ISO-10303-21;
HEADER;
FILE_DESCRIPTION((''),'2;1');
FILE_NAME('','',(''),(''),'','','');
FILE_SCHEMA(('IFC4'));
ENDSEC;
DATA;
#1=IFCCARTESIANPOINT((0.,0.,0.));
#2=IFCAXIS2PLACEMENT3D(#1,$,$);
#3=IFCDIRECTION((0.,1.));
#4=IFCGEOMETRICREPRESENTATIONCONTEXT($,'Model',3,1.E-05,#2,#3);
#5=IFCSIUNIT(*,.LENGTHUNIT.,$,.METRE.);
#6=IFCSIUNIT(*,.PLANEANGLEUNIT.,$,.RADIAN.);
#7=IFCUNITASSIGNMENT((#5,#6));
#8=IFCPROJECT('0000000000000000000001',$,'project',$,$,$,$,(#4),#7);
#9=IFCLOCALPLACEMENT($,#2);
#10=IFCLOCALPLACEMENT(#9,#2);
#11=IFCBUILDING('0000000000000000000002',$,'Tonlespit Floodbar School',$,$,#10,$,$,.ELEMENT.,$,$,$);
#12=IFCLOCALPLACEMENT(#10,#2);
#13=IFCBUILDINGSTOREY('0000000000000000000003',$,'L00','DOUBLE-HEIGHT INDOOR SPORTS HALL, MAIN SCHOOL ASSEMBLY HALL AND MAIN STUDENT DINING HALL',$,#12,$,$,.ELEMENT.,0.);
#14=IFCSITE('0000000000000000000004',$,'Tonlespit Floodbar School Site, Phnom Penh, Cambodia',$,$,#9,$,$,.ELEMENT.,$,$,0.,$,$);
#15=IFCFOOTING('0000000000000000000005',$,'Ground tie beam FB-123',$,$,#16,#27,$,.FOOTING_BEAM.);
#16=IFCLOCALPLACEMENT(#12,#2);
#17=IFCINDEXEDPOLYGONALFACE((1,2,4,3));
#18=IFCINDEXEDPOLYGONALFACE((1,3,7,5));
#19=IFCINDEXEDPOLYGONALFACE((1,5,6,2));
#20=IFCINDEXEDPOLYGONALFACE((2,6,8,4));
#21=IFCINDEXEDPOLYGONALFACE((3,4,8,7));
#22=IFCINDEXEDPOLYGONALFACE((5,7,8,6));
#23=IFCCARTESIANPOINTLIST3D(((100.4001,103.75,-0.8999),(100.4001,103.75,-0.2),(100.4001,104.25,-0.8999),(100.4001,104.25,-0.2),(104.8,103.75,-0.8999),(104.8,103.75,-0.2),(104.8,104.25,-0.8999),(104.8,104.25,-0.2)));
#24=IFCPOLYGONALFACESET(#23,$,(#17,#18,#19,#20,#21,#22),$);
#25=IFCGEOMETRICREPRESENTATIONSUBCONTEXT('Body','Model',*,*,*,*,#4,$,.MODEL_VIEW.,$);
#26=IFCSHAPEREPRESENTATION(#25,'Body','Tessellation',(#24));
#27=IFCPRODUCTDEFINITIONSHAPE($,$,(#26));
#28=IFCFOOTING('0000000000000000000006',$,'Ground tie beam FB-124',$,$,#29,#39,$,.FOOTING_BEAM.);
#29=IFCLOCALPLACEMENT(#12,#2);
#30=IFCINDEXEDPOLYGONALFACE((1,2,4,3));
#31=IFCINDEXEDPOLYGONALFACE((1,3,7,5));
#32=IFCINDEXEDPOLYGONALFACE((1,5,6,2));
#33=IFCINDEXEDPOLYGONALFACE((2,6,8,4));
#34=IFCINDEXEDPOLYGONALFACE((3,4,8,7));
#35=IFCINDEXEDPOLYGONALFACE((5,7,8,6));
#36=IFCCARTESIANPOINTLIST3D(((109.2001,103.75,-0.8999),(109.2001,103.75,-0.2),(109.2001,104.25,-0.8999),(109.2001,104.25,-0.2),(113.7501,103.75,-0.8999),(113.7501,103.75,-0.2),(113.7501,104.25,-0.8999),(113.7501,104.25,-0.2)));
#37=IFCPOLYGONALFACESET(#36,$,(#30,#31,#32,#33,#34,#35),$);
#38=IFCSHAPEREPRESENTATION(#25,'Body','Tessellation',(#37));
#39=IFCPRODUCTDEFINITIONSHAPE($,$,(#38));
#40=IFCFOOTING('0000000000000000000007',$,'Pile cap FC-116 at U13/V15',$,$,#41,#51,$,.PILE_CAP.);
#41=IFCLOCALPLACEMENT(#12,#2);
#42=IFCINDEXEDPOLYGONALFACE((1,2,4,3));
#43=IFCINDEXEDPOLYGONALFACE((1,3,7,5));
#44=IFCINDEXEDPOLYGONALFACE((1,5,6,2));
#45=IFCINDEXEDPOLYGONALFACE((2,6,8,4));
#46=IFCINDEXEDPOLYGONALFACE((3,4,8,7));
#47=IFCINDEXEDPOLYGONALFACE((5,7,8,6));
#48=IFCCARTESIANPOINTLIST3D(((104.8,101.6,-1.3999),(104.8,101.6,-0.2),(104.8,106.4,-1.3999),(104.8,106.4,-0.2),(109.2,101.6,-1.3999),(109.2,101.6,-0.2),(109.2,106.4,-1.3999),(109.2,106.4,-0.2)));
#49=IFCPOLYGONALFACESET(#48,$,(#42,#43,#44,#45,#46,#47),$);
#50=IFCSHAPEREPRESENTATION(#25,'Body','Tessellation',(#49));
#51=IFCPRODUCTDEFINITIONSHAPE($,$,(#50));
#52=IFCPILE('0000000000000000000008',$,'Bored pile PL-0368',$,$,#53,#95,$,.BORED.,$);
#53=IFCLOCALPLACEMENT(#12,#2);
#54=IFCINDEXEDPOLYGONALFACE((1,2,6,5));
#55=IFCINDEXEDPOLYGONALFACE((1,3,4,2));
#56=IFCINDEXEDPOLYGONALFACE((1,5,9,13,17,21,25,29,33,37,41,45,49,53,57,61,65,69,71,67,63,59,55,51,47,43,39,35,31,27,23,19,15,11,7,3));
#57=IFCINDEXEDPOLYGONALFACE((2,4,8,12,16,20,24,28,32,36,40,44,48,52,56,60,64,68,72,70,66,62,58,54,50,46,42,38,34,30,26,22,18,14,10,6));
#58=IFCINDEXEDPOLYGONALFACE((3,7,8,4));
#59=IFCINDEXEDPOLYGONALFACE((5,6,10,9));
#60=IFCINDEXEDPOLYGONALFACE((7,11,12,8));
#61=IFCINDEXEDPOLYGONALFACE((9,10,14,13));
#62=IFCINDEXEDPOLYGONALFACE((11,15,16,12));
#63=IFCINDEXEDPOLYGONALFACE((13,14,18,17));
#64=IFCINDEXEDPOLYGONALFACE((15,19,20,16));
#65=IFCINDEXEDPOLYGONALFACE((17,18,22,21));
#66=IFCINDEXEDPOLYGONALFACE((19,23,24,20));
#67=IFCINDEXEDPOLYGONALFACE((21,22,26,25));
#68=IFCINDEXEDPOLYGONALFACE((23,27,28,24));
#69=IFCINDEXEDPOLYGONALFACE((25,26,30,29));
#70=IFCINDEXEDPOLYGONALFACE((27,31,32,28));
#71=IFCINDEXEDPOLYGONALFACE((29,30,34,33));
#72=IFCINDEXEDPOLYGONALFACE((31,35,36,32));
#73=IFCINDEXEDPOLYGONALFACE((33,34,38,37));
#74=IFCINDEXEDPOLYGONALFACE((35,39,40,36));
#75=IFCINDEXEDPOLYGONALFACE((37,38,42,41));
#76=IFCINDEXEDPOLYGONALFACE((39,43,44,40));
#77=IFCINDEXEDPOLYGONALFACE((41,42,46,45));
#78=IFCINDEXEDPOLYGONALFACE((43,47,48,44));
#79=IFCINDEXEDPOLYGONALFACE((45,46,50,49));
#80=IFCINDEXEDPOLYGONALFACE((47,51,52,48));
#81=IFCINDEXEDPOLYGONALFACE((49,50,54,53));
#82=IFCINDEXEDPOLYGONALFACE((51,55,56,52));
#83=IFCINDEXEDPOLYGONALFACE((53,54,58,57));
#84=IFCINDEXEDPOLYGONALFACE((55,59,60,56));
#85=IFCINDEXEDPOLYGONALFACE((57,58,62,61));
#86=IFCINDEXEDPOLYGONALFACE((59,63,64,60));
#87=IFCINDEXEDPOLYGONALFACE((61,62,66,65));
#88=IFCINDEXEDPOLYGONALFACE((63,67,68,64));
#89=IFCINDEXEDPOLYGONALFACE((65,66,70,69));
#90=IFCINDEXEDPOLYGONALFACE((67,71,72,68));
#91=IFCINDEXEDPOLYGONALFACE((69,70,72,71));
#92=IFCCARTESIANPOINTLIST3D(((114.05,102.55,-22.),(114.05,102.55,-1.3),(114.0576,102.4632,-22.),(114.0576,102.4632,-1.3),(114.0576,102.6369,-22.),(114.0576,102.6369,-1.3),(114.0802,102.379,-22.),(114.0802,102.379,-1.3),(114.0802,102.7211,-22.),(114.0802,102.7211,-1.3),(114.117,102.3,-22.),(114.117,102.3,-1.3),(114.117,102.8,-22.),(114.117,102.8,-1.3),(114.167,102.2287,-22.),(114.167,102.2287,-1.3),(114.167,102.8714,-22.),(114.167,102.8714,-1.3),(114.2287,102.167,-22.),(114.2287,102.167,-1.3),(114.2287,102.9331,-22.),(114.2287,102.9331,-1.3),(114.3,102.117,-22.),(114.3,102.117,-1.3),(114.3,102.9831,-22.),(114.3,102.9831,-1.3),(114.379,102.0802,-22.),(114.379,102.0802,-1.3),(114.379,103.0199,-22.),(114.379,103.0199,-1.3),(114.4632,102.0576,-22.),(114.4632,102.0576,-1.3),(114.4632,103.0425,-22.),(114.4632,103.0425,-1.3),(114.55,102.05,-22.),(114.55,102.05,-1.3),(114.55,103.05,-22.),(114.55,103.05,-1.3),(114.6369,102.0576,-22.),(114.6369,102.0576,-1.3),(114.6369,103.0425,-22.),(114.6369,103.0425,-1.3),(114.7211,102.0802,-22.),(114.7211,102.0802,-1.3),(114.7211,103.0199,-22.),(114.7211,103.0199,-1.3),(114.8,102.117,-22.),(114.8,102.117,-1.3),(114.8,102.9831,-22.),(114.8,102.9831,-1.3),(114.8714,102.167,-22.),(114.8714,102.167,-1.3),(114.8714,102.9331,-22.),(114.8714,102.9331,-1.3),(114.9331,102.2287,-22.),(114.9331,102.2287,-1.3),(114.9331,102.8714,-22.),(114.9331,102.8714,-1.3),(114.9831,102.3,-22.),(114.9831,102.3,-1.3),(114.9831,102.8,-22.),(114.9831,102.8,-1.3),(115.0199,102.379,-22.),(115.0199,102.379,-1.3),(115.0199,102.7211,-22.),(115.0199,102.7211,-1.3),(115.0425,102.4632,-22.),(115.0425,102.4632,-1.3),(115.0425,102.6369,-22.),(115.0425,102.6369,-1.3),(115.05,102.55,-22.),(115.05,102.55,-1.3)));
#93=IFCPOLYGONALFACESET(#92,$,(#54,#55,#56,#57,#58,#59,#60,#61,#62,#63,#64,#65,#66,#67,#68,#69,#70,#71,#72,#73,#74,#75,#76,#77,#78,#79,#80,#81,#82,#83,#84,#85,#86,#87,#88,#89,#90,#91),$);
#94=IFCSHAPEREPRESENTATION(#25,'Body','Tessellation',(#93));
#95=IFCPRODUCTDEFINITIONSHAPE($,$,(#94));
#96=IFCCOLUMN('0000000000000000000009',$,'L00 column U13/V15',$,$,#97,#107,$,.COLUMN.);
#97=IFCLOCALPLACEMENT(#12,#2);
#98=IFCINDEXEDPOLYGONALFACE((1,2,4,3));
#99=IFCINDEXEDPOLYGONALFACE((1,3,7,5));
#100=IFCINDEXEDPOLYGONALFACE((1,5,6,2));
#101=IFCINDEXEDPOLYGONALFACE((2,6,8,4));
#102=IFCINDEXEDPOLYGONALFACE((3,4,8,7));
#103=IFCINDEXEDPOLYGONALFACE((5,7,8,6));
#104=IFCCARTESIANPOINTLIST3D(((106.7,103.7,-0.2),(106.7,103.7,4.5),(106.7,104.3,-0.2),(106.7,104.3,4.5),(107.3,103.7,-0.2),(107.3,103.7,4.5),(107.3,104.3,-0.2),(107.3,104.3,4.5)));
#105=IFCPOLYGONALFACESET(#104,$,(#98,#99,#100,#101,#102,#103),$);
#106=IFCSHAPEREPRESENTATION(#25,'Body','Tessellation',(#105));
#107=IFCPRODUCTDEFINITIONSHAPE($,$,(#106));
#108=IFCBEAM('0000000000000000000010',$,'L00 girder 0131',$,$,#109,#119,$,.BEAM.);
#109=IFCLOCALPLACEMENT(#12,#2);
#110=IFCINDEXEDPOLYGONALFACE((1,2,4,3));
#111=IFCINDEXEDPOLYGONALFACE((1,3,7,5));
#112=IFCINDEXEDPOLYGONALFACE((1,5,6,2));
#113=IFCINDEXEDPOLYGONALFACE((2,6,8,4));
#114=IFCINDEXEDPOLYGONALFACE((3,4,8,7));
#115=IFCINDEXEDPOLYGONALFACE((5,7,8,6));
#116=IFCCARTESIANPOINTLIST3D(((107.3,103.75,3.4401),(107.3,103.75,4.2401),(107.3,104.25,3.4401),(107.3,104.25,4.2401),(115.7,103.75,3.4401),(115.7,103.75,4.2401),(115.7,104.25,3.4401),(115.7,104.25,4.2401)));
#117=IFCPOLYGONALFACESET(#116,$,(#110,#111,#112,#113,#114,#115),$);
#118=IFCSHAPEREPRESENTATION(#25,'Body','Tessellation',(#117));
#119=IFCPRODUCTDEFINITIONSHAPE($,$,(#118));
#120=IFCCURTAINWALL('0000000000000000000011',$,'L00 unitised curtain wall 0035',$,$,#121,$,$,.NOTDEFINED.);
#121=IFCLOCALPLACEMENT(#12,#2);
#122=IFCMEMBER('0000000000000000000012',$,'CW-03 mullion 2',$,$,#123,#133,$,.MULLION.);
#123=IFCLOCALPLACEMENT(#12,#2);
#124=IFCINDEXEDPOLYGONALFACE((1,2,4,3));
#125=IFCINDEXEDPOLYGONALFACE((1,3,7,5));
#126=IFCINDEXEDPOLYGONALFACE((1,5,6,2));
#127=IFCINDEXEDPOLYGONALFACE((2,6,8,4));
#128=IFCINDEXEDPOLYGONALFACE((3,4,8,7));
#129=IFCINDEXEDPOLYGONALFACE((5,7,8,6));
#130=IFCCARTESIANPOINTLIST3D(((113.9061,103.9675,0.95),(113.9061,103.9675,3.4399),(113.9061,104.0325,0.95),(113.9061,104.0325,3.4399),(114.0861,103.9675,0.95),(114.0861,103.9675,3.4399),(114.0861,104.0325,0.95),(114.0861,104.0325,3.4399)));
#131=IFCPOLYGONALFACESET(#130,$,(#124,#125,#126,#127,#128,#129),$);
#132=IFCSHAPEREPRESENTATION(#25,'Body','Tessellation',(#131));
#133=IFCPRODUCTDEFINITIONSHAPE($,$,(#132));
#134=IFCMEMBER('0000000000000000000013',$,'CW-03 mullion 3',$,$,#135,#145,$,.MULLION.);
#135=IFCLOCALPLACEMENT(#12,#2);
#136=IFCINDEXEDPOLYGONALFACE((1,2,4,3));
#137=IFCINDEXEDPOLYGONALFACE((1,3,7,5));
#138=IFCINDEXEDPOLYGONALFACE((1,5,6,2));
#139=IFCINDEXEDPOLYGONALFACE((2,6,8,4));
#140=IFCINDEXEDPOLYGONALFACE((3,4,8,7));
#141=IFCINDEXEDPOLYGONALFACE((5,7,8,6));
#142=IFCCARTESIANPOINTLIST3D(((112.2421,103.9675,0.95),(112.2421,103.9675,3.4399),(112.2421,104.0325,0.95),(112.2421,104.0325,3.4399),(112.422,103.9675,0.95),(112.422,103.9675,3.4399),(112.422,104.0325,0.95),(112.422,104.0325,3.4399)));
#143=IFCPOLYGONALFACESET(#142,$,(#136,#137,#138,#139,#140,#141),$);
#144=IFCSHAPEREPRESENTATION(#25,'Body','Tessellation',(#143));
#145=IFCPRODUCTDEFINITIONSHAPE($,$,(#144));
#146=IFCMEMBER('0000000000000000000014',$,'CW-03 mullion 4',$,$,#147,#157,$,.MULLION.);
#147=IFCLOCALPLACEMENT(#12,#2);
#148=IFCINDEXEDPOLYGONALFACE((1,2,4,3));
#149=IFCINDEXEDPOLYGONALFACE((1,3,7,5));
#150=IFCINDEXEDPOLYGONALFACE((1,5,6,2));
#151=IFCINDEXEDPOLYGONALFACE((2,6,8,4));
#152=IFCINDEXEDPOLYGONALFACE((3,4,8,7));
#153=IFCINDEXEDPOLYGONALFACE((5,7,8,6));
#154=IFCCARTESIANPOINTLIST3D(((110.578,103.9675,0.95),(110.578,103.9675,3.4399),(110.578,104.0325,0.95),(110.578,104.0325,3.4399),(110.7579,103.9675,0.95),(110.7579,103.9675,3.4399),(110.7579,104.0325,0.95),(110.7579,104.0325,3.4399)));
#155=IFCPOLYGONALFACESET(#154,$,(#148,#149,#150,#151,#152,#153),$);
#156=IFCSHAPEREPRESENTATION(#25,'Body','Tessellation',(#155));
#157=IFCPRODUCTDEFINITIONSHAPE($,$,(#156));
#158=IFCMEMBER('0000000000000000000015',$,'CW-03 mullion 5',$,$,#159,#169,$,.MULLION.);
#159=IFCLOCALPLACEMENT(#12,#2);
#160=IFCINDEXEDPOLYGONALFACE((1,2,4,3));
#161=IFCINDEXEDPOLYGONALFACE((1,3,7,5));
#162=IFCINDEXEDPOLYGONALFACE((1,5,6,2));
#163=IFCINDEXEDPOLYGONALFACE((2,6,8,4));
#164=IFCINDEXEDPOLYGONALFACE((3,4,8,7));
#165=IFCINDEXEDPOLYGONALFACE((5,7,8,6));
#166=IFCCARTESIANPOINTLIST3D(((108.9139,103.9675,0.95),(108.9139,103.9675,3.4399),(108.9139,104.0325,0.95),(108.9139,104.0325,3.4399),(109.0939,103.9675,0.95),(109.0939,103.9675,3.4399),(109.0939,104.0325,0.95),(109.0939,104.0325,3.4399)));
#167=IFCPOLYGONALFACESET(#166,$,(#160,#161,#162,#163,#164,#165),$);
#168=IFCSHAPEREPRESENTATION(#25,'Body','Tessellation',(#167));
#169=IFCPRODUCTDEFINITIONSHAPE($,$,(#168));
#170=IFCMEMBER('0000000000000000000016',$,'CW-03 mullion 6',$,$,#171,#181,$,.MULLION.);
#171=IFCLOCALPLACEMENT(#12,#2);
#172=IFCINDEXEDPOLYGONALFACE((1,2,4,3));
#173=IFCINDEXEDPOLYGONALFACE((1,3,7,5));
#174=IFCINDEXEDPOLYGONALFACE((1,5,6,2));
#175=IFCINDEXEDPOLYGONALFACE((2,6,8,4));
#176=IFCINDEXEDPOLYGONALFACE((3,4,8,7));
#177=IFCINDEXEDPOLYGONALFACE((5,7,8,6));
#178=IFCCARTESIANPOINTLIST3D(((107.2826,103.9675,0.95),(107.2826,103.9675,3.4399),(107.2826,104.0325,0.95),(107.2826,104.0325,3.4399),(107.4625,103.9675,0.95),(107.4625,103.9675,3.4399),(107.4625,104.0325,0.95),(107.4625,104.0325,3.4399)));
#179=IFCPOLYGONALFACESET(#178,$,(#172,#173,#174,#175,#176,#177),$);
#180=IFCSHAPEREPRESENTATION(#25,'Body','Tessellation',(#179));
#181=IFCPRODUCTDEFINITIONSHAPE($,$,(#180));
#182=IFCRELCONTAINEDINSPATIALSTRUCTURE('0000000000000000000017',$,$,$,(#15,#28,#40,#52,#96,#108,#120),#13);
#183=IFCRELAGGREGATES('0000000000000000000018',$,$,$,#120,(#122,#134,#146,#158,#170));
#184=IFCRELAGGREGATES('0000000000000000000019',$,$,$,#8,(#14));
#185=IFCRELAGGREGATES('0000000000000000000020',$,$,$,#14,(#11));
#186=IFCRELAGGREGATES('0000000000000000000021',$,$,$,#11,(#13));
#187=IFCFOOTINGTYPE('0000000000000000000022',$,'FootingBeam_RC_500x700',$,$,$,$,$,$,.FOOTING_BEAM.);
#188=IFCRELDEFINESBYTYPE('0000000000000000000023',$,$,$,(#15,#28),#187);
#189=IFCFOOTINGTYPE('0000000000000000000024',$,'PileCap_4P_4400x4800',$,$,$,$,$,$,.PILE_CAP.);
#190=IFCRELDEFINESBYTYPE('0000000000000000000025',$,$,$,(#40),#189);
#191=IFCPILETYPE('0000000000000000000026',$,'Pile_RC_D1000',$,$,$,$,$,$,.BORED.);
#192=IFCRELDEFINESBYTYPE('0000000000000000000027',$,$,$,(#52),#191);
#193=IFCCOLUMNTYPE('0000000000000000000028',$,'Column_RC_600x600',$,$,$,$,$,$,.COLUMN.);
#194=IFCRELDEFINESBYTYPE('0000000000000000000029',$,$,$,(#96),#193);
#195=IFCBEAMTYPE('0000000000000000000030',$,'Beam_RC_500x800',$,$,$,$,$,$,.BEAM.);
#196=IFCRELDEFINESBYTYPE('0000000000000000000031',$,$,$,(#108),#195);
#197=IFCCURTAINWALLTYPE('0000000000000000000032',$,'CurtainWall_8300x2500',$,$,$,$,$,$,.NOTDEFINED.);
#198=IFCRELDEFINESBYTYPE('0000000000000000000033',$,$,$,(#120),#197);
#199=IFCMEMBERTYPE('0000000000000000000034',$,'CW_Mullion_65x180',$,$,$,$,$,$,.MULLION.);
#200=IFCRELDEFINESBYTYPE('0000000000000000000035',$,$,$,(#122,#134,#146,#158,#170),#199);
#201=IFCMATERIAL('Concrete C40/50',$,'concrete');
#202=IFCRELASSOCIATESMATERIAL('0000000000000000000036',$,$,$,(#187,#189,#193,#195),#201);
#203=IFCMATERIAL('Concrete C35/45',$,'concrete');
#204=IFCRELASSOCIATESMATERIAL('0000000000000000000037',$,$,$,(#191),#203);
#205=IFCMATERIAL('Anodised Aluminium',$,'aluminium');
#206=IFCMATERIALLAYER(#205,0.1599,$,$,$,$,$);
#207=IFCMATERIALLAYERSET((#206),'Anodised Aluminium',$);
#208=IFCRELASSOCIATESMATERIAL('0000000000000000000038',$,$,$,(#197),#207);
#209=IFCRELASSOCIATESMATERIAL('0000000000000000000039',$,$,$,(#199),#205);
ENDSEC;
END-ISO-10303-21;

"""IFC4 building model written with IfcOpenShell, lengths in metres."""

from ifc_helpers import new_model, si_unit, direction, frame, origin, origin_2d, place, context, subcontext, project, spatial, rectangle, circle, extrude, material, layer, layer_set, material_profile, profile_set, type_object, element, aggregate, save


model = new_model("IFC4")

# Units and contexts
model_context = context("Model", 3, precision=1e-05, world=origin(), true_north=direction((0.0, 1.0)))
body_context = subcontext(model_context, "Body", "Model", "MODEL_VIEW")
ifc_project = project(units=[si_unit("LENGTHUNIT", "METRE"), si_unit("PLANEANGLEUNIT", "RADIAN")], contexts=[model_context])

# Site, building, storey
site_placement = place(None, origin())
site = spatial("IfcSite", under=ifc_project, at=site_placement, Name="Tonlespit Floodbar School Site, Phnom Penh, Cambodia", CompositionType="ELEMENT", RefElevation=0.0)
building_placement = place(site_placement, origin())
building = spatial("IfcBuilding", under=site, at=building_placement, Name="Tonlespit Floodbar School", CompositionType="ELEMENT")
storey_placement = place(building_placement, origin())
storey = spatial("IfcBuildingStorey", under=building, at=storey_placement, Name="L00", Description="DOUBLE-HEIGHT INDOOR SPORTS HALL, MAIN SCHOOL ASSEMBLY HALL AND MAIN STUDENT DINING HALL", CompositionType="ELEMENT", Elevation=0.0)

# Footings
ifc_material_1 = material(Name="Concrete C40/50", Category="concrete")
footing_type_1 = type_object("IfcFootingType", Name="FootingBeam_RC_500x700", PredefinedType="FOOTING_BEAM", material=ifc_material_1)
footing_1_placement = place(storey_placement, frame((102.6001, 104.0, -0.8999), z_axis=(0.0, 0.0, 1.0), x_axis=(1.0, 0.0, 0.0)))
element("IfcFooting", 1, at=footing_1_placement, inside=storey, type_object=footing_type_1, Name="Ground tie beam FB-123", PredefinedType="FOOTING_BEAM", context=body_context, shape_type="SweptSolid", body=[
    extrude(rectangle(XDim=4.3999, YDim=0.5, at=origin_2d()), origin(), (0.0, 0.0, 1.0), 0.7),
])
footing_2_placement = place(storey_placement, frame((111.4751, 104.0, -0.8999), z_axis=(0.0, 0.0, 1.0), x_axis=(1.0, 0.0, 0.0)))
element("IfcFooting", 2, at=footing_2_placement, inside=storey, type_object=footing_type_1, Name="Ground tie beam FB-124", PredefinedType="FOOTING_BEAM", context=body_context, shape_type="SweptSolid", body=[
    extrude(rectangle(XDim=4.55, YDim=0.5, at=origin_2d()), origin(), (0.0, 0.0, 1.0), 0.7),
])
footing_type_2 = type_object("IfcFootingType", Name="PileCap_4P_4400x4800", PredefinedType="PILE_CAP", material=ifc_material_1)
footing_3_placement = place(storey_placement, frame((107.0, 104.0, -1.3999), z_axis=(0.0, 0.0, 1.0), x_axis=(1.0, 0.0, 0.0)))
element("IfcFooting", 3, at=footing_3_placement, inside=storey, type_object=footing_type_2, Name="Pile cap FC-116 at U13/V15", PredefinedType="PILE_CAP", context=body_context, shape_type="SweptSolid", body=[
    extrude(rectangle(XDim=4.3999, YDim=4.8, at=origin_2d()), origin(), (0.0, 0.0, 1.0), 1.2),
])

# Pile
ifc_material_2 = material(Name="Concrete C35/45", Category="concrete")
ifc_material_profile_1 = material_profile(ifc_material_2, circle(Radius=0.5, at=origin_2d()), Name="BP D1000")
ifc_profile_set_1 = profile_set([ifc_material_profile_1], Name="Concrete C35/45")
pile_type = type_object("IfcPileType", Name="Pile_RC_D1000", PredefinedType="BORED", material=ifc_profile_set_1)
pile_placement = place(storey_placement, frame((114.55, 102.55, -1.3), z_axis=(0.0, 0.0, -1.0), x_axis=(1.0, 0.0, 0.0)))
element("IfcPile", 4, at=pile_placement, inside=storey, type_object=pile_type, Name="Bored pile PL-0368", PredefinedType="BORED", context=body_context, shape_type="SweptSolid", body=[
    extrude(circle(Radius=0.5, at=origin_2d()), origin(), (0.0, 0.0, 1.0), 20.7),
])

# Column
ifc_material_profile_2 = material_profile(ifc_material_1, rectangle(XDim=0.6001, YDim=0.6001, at=origin_2d()), Name="RC 600x600")
ifc_profile_set_2 = profile_set([ifc_material_profile_2], Name="Concrete C40/50")
column_type = type_object("IfcColumnType", Name="Column_RC_600x600", PredefinedType="COLUMN", material=ifc_profile_set_2)
column_placement = place(storey_placement, frame((107.0, 104.0, -0.2), z_axis=(0.0, 0.0, 1.0), x_axis=(1.0, 0.0, 0.0)))
element("IfcColumn", 5, at=column_placement, inside=storey, type_object=column_type, Name="L00 column U13/V15", PredefinedType="COLUMN", context=body_context, shape_type="SweptSolid", body=[
    extrude(rectangle(XDim=0.6001, YDim=0.6001, at=origin_2d()), origin(), (0.0, 0.0, 1.0), 4.7),
])

# Beam
ifc_material_profile_3 = material_profile(ifc_material_1, rectangle(XDim=0.5, YDim=0.8, at=origin_2d()), Name="RC 500x800")
ifc_profile_set_3 = profile_set([ifc_material_profile_3], Name="Concrete C40/50")
beam_type = type_object("IfcBeamType", Name="Beam_RC_500x800", PredefinedType="BEAM", material=ifc_profile_set_3)
beam_placement = place(storey_placement, frame((107.3, 104.0, 3.8401), z_axis=(1.0, 0.0, 0.0), x_axis=(0.0, 1.0, 0.0)))
element("IfcBeam", 6, at=beam_placement, inside=storey, type_object=beam_type, Name="L00 girder 0131", PredefinedType="BEAM", context=body_context, shape_type="SweptSolid", body=[
    extrude(rectangle(XDim=0.5, YDim=0.8, at=origin_2d()), origin(), (0.0, 0.0, 1.0), 8.3999),
])

# Curtain wall, members
ifc_material_3 = material(Name="Anodised Aluminium", Category="aluminium")
ifc_layer_1 = layer(ifc_material_3, 0.1599)
ifc_layer_set_1 = layer_set([ifc_layer_1], Name="Anodised Aluminium")
curtain_wall_type = type_object("IfcCurtainWallType", Name="CurtainWall_8300x2500", PredefinedType="NOTDEFINED", material=ifc_layer_set_1)
curtain_wall_placement = place(storey_placement, origin())
curtain_wall = element("IfcCurtainWall", 7, at=curtain_wall_placement, inside=storey, type_object=curtain_wall_type, Name="L00 unitised curtain wall 0035", PredefinedType="NOTDEFINED")
ifc_material_profile_4 = material_profile(ifc_material_3, rectangle(XDim=0.0649, YDim=0.1799, at=origin_2d()), Name="ALU M65x180")
ifc_profile_set_4 = profile_set([ifc_material_profile_4], Name="Anodised Aluminium")
member_type_1 = type_object("IfcMemberType", Name="CW_Mullion_65x180", PredefinedType="MULLION", material=ifc_profile_set_4)
member_1_placement = place(storey_placement, frame((113.9961, 104.0, 0.95), z_axis=(0.0, 0.0, 1.0), x_axis=(0.0, -1.0, 0.0)))
member_1 = element("IfcMember", 8, at=member_1_placement, type_object=member_type_1, Name="CW-03 mullion 2", PredefinedType="MULLION", context=body_context, shape_type="SweptSolid", body=[
    extrude(rectangle(XDim=0.0649, YDim=0.1799, at=origin_2d()), origin(), (0.0, 0.0, 1.0), 2.49),
])
member_2_placement = place(storey_placement, frame((112.332, 104.0, 0.95), z_axis=(0.0, 0.0, 1.0), x_axis=(0.0, -1.0, 0.0)))
member_2 = element("IfcMember", 9, at=member_2_placement, type_object=member_type_1, Name="CW-03 mullion 3", PredefinedType="MULLION", context=body_context, shape_type="SweptSolid", body=[
    extrude(rectangle(XDim=0.0649, YDim=0.1799, at=origin_2d()), origin(), (0.0, 0.0, 1.0), 2.49),
])
member_3_placement = place(storey_placement, frame((110.668, 104.0, 0.95), z_axis=(0.0, 0.0, 1.0), x_axis=(0.0, -1.0, 0.0)))
member_3 = element("IfcMember", 10, at=member_3_placement, type_object=member_type_1, Name="CW-03 mullion 4", PredefinedType="MULLION", context=body_context, shape_type="SweptSolid", body=[
    extrude(rectangle(XDim=0.0649, YDim=0.1799, at=origin_2d()), origin(), (0.0, 0.0, 1.0), 2.49),
])
member_4_placement = place(storey_placement, frame((109.0039, 104.0, 0.95), z_axis=(0.0, 0.0, 1.0), x_axis=(0.0, -1.0, 0.0)))
member_4 = element("IfcMember", 11, at=member_4_placement, type_object=member_type_1, Name="CW-03 mullion 5", PredefinedType="MULLION", context=body_context, shape_type="SweptSolid", body=[
    extrude(rectangle(XDim=0.0649, YDim=0.1799, at=origin_2d()), origin(), (0.0, 0.0, 1.0), 2.49),
])
member_5_placement = place(storey_placement, frame((107.3726, 104.0, 0.95), z_axis=(0.0, 0.0, 1.0), x_axis=(0.0, -1.0, 0.0)))
member_5 = element("IfcMember", 12, at=member_5_placement, type_object=member_type_1, Name="CW-03 mullion 6", PredefinedType="MULLION", context=body_context, shape_type="SweptSolid", body=[
    extrude(rectangle(XDim=0.0649, YDim=0.1799, at=origin_2d()), origin(), (0.0, 0.0, 1.0), 2.49),
])
aggregate(curtain_wall, [member_1, member_2, member_3, member_4, member_5])

save(model, "model.ifc")
